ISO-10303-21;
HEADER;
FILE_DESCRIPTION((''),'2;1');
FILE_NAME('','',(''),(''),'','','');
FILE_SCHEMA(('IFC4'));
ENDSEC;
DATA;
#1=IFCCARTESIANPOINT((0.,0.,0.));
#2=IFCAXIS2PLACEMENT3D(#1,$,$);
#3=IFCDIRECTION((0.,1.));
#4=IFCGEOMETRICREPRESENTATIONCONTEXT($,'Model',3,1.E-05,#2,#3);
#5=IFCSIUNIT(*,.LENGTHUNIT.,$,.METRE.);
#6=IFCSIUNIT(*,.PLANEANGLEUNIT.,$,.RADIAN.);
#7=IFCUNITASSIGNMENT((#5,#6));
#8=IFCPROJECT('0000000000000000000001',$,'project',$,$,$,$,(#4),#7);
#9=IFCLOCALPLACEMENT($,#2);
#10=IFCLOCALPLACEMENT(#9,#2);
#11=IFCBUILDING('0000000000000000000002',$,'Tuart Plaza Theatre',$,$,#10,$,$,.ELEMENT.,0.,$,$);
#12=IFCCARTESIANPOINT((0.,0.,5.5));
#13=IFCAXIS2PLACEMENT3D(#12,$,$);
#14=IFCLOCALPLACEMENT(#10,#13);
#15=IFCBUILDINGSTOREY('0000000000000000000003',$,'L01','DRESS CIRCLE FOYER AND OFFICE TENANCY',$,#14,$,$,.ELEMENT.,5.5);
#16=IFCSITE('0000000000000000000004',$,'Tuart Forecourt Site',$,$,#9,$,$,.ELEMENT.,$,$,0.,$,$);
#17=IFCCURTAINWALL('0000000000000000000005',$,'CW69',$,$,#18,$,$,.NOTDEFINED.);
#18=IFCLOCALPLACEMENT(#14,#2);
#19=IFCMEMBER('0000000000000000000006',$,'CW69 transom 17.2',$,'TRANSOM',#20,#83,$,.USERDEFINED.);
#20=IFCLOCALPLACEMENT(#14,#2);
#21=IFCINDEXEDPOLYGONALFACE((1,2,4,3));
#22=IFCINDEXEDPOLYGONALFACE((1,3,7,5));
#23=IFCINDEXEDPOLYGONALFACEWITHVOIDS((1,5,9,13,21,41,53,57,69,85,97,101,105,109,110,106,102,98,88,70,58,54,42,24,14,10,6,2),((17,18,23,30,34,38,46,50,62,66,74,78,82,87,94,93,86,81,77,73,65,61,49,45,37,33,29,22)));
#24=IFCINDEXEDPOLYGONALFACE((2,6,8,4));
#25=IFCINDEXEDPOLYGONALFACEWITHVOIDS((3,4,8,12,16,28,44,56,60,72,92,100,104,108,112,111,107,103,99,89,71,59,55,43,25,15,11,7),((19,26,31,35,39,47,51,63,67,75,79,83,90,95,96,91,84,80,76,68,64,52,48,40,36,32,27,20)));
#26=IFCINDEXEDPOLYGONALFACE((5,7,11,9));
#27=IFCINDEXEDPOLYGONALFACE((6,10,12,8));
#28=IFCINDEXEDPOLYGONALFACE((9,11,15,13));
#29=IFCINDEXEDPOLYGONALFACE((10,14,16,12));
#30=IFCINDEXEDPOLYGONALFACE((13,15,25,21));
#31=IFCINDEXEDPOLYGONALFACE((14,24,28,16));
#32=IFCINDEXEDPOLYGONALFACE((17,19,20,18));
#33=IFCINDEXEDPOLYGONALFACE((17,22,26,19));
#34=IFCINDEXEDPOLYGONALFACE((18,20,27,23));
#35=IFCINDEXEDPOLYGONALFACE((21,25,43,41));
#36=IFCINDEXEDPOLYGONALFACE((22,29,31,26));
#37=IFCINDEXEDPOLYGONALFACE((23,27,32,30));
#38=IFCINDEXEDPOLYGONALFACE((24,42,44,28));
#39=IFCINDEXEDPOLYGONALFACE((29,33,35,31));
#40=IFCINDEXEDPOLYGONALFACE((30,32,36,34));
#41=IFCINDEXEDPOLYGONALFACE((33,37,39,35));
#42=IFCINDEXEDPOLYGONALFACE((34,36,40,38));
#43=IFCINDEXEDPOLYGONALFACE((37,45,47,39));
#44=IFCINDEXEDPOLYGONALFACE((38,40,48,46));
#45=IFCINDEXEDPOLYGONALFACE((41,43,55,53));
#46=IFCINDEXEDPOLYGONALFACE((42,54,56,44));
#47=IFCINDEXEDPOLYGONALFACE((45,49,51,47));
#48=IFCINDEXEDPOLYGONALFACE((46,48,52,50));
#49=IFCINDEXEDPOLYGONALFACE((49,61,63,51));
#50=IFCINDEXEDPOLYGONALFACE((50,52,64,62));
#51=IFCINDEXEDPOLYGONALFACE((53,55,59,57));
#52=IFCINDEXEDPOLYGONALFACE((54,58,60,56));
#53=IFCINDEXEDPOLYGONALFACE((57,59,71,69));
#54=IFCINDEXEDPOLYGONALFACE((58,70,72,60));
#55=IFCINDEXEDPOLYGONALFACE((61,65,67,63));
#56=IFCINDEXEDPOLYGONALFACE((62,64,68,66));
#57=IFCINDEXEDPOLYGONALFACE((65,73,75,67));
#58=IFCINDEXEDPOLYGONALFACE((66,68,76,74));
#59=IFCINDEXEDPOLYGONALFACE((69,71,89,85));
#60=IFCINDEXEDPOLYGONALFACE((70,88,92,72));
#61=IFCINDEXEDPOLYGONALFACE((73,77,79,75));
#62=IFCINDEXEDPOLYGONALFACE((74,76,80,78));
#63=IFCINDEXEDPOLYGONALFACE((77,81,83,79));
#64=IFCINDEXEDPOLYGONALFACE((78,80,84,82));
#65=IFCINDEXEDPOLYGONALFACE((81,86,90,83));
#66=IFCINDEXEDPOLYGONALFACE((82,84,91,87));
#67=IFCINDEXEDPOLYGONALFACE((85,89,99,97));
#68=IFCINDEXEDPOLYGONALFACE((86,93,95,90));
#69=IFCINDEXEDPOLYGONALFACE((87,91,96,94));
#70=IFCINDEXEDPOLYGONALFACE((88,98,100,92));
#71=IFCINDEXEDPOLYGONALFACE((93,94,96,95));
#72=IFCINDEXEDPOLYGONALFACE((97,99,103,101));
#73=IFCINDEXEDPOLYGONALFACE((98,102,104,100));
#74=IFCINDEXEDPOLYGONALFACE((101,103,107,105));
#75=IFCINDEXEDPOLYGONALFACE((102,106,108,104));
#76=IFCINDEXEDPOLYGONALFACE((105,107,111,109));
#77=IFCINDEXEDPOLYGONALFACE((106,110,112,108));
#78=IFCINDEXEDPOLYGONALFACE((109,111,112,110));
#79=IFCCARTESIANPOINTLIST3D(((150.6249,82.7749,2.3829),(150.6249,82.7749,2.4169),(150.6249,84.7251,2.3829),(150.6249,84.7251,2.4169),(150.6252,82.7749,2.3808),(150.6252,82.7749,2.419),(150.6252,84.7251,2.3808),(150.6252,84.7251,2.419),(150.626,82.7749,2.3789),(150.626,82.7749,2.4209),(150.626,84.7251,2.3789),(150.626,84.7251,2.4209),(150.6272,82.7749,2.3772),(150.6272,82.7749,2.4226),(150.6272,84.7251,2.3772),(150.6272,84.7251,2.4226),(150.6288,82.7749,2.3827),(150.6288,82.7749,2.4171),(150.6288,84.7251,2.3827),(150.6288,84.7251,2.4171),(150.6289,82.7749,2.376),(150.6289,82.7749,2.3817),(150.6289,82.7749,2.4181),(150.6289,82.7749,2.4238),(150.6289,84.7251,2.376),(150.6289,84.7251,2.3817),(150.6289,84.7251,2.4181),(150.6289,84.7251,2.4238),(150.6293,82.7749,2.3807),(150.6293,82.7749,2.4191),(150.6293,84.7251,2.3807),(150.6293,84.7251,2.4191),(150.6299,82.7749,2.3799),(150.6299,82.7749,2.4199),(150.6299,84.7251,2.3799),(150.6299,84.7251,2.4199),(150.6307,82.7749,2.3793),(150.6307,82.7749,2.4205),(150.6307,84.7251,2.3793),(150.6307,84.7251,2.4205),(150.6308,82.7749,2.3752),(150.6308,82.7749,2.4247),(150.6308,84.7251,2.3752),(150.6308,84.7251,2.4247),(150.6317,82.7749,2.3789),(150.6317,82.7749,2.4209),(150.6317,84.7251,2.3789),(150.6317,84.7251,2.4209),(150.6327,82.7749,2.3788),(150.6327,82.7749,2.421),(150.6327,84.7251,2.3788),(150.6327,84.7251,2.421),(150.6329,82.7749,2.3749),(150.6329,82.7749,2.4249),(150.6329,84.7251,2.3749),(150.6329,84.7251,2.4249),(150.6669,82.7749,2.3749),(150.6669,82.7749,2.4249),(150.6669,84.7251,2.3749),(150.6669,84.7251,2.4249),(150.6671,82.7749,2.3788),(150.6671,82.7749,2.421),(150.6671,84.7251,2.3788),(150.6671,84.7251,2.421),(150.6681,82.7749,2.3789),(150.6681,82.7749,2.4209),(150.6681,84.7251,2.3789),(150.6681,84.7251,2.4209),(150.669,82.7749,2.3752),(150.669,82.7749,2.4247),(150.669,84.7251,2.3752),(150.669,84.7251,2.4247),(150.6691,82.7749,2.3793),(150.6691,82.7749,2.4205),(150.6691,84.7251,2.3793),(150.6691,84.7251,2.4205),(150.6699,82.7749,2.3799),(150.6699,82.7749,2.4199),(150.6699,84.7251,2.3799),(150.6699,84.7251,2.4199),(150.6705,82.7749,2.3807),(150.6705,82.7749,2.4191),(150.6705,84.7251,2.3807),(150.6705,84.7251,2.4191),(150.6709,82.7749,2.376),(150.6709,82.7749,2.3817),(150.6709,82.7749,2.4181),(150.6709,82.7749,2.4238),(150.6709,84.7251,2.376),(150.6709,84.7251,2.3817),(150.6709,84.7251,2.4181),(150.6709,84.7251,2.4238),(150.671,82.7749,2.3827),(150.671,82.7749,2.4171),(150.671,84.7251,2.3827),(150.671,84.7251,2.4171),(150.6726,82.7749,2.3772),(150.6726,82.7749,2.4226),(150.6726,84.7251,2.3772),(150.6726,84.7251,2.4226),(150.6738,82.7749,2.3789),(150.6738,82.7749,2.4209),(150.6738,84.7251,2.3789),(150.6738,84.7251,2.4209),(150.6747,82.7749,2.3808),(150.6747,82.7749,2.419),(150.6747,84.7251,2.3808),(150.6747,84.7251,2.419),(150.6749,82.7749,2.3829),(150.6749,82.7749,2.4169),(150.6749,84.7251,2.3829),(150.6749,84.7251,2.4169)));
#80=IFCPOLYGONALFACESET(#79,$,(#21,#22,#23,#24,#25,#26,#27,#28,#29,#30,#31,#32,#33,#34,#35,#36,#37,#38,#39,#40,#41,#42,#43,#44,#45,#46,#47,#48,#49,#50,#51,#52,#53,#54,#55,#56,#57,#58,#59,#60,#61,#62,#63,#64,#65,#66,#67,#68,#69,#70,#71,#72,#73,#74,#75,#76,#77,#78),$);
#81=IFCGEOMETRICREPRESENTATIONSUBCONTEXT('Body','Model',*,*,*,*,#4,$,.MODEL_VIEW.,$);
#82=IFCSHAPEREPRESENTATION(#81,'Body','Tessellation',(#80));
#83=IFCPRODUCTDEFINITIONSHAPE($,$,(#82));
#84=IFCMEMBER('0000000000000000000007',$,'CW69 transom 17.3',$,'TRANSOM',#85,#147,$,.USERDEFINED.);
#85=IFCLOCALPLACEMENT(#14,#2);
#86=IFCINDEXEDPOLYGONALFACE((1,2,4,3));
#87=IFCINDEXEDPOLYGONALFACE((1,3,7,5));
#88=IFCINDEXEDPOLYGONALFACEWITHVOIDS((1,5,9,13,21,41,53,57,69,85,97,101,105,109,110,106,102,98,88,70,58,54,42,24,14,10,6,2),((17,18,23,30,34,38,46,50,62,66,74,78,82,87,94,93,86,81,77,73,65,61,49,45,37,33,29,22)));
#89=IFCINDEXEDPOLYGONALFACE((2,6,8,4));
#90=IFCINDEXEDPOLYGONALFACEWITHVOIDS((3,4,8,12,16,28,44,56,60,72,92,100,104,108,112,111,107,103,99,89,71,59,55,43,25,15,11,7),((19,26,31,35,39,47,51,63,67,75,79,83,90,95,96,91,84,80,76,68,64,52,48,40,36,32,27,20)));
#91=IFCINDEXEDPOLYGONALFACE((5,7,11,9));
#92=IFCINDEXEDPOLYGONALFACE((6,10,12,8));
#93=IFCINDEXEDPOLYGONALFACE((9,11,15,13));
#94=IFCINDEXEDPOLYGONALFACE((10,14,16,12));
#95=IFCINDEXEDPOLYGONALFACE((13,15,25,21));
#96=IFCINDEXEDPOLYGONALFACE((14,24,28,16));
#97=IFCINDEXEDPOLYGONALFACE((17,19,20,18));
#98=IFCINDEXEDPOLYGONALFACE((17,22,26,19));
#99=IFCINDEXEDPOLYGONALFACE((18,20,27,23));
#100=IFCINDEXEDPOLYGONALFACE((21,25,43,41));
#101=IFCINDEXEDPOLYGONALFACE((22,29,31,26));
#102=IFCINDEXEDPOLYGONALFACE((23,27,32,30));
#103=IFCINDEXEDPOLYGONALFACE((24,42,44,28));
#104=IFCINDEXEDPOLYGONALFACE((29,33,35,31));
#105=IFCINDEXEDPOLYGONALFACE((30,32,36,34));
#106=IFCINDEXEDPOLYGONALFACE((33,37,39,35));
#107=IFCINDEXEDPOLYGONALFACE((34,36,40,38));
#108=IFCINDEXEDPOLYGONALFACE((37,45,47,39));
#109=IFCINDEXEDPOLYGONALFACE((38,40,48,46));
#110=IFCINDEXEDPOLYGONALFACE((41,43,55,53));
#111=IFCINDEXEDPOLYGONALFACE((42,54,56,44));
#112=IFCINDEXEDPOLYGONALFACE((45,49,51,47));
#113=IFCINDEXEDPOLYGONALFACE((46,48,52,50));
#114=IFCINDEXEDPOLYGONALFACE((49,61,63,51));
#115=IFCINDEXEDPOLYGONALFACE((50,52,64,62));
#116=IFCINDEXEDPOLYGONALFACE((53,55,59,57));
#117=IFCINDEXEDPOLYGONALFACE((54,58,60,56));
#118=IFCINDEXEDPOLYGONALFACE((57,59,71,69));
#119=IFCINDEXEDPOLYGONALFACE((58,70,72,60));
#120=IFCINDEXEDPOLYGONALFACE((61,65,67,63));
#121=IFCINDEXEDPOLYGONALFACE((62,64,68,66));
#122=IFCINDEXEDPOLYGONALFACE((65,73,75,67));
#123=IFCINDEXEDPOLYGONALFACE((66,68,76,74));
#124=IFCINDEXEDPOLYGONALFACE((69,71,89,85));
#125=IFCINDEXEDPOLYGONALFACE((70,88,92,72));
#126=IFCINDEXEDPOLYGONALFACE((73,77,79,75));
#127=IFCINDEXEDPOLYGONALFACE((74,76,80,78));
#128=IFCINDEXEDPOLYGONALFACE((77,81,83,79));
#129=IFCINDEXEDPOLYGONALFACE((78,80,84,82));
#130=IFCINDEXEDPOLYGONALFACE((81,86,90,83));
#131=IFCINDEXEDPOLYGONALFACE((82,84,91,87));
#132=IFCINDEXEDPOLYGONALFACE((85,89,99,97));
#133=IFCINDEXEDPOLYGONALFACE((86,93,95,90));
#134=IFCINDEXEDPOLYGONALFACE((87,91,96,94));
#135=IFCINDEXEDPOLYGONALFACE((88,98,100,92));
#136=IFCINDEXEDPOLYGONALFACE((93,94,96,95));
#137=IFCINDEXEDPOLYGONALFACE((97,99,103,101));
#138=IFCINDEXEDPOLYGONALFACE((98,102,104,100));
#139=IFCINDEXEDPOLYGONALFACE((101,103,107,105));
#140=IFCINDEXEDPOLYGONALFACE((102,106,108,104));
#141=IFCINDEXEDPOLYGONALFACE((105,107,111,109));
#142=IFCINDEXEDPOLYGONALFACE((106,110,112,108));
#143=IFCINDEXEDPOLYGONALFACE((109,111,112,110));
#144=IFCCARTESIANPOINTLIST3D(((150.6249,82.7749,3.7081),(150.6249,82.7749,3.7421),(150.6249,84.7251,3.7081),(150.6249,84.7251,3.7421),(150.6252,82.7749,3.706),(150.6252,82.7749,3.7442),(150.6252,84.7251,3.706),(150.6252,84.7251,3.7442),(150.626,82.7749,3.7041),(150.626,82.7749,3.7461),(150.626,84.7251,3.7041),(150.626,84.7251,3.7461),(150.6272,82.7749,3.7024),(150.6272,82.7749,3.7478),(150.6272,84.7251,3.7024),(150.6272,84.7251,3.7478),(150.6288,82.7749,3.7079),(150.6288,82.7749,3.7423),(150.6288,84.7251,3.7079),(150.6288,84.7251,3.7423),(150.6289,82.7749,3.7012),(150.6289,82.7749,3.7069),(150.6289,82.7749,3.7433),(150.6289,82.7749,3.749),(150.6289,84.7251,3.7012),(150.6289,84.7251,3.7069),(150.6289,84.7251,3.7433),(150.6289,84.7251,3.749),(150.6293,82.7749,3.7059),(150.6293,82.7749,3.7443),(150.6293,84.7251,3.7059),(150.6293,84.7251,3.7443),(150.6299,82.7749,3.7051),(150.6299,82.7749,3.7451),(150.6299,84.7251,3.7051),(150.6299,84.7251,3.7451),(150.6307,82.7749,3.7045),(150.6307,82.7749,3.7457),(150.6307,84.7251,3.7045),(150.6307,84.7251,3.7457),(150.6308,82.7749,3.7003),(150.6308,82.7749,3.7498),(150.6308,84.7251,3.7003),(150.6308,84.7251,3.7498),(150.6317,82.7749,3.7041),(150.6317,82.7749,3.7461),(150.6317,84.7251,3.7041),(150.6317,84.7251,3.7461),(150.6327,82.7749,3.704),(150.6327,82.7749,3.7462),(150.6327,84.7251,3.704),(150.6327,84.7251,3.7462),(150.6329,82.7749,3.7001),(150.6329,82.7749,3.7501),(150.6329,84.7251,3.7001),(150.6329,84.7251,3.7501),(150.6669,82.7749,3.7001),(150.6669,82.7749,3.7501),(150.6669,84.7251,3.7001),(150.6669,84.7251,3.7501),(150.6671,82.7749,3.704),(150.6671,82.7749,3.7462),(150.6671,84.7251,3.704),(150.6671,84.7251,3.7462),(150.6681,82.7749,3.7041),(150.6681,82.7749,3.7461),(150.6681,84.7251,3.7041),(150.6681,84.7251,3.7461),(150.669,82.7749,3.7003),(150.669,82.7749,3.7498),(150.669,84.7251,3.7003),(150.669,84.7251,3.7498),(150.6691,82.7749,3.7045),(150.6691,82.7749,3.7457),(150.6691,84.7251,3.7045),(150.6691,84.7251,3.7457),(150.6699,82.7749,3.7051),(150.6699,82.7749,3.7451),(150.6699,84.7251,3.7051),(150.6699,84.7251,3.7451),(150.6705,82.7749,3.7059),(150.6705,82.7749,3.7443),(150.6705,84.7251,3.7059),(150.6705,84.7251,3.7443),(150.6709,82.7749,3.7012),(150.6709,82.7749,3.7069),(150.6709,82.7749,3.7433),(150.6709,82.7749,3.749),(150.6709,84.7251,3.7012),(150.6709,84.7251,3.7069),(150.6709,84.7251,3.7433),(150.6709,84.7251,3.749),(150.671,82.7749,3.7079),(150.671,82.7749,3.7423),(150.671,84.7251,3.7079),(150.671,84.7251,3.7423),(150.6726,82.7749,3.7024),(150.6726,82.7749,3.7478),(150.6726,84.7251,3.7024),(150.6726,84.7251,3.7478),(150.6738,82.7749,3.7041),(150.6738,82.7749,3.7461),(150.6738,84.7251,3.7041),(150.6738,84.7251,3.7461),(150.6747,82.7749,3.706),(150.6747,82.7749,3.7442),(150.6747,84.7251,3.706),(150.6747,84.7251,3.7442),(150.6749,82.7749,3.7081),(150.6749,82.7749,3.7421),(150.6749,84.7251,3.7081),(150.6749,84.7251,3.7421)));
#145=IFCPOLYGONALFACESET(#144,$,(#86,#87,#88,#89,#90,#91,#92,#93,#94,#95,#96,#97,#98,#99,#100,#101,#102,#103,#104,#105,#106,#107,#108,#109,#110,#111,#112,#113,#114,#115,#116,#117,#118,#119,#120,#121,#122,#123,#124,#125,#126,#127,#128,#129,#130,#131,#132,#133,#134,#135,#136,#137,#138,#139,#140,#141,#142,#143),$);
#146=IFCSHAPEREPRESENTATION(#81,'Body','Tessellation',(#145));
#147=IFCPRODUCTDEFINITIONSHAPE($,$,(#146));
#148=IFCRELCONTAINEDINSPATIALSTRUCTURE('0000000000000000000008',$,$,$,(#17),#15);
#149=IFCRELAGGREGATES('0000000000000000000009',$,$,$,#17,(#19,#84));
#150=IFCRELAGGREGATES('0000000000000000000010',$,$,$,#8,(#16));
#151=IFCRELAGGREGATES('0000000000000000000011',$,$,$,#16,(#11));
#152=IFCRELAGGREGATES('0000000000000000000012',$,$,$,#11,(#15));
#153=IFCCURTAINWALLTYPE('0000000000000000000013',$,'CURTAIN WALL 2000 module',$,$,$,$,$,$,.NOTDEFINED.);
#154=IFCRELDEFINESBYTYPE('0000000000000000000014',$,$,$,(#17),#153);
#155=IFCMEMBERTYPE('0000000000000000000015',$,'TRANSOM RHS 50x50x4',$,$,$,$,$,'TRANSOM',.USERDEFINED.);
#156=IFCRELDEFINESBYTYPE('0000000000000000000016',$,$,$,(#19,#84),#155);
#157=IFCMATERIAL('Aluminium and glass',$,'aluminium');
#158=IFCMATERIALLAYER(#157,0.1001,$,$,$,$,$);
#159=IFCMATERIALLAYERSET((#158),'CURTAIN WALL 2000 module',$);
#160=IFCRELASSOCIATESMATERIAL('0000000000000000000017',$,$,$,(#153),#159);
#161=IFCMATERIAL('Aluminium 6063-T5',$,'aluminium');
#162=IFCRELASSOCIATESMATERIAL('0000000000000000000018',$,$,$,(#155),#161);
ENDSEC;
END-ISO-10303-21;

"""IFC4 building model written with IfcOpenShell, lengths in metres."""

from ifc_helpers import new_model, si_unit, direction, frame, origin, origin_2d, place, context, subcontext, project, spatial, hollow_rectangle, extrude, material, layer, layer_set, material_profile, profile_set, type_object, element, aggregate, save


model = new_model("IFC4")

# Units and contexts
model_context = context("Model", 3, precision=1e-05, world=origin(), true_north=direction((0.0, 1.0)))
body_context = subcontext(model_context, "Body", "Model", "MODEL_VIEW")
ifc_project = project(units=[si_unit("LENGTHUNIT", "METRE"), si_unit("PLANEANGLEUNIT", "RADIAN")], contexts=[model_context])

# Site, building, storey
site_placement = place(None, origin())
site = spatial("IfcSite", under=ifc_project, at=site_placement, Name="Tuart Forecourt Site", CompositionType="ELEMENT", RefElevation=0.0)
building_placement = place(site_placement, origin())
building = spatial("IfcBuilding", under=site, at=building_placement, Name="Tuart Plaza Theatre", CompositionType="ELEMENT", ElevationOfRefHeight=0.0)
storey_placement = place(building_placement, frame((0.0, 0.0, 5.5)))
storey = spatial("IfcBuildingStorey", under=building, at=storey_placement, Name="L01", Description="DRESS CIRCLE FOYER AND OFFICE TENANCY", CompositionType="ELEMENT", Elevation=5.5)

# Curtain wall, members
ifc_material_1 = material(Name="Aluminium and glass", Category="aluminium")
ifc_layer_1 = layer(ifc_material_1, 0.1001)
ifc_layer_set_1 = layer_set([ifc_layer_1], Name="CURTAIN WALL 2000 module")
curtain_wall_type = type_object("IfcCurtainWallType", Name="CURTAIN WALL 2000 module", PredefinedType="NOTDEFINED", material=ifc_layer_set_1)
curtain_wall_placement = place(storey_placement, origin())
curtain_wall = element("IfcCurtainWall", 1, at=curtain_wall_placement, inside=storey, type_object=curtain_wall_type, Name="CW69", PredefinedType="NOTDEFINED")
ifc_material_2 = material(Name="Aluminium 6063-T5", Category="aluminium")
ifc_material_profile_1 = material_profile(ifc_material_2, hollow_rectangle(XDim=0.05, YDim=0.05, WallThickness=0.0039, InnerFilletRadius=0.0039, OuterFilletRadius=0.0081, at=origin_2d()), Name="RHS 50x50x4")
ifc_profile_set_1 = profile_set([ifc_material_profile_1], Name="Aluminium 6063-T5")
member_type_1 = type_object("IfcMemberType", Name="TRANSOM RHS 50x50x4", ElementType="TRANSOM", PredefinedType="USERDEFINED", material=ifc_profile_set_1)
member_1_placement = place(storey_placement, frame((150.6499, 82.7749, 2.3999), z_axis=(0.0, 1.0, 0.0), x_axis=(-1.0, 0.0, 0.0)))
member_1 = element("IfcMember", 2, at=member_1_placement, type_object=member_type_1, Name="CW69 transom 17.2", ObjectType="TRANSOM", PredefinedType="USERDEFINED", context=body_context, shape_type="SweptSolid", body=[
    extrude(hollow_rectangle(XDim=0.05, YDim=0.05, WallThickness=0.0039, InnerFilletRadius=0.0039, OuterFilletRadius=0.0081, at=origin_2d()), origin(), (0.0, 0.0, 1.0), 1.9502),
])
member_2_placement = place(storey_placement, frame((150.6499, 82.7749, 3.7251), z_axis=(0.0, 1.0, 0.0), x_axis=(-1.0, 0.0, 0.0)))
member_2 = element("IfcMember", 3, at=member_2_placement, type_object=member_type_1, Name="CW69 transom 17.3", ObjectType="TRANSOM", PredefinedType="USERDEFINED", context=body_context, shape_type="SweptSolid", body=[
    extrude(hollow_rectangle(XDim=0.05, YDim=0.05, WallThickness=0.0039, InnerFilletRadius=0.0039, OuterFilletRadius=0.0081, at=origin_2d()), origin(), (0.0, 0.0, 1.0), 1.9502),
])
aggregate(curtain_wall, [member_1, member_2])

save(model, "model.ifc")
